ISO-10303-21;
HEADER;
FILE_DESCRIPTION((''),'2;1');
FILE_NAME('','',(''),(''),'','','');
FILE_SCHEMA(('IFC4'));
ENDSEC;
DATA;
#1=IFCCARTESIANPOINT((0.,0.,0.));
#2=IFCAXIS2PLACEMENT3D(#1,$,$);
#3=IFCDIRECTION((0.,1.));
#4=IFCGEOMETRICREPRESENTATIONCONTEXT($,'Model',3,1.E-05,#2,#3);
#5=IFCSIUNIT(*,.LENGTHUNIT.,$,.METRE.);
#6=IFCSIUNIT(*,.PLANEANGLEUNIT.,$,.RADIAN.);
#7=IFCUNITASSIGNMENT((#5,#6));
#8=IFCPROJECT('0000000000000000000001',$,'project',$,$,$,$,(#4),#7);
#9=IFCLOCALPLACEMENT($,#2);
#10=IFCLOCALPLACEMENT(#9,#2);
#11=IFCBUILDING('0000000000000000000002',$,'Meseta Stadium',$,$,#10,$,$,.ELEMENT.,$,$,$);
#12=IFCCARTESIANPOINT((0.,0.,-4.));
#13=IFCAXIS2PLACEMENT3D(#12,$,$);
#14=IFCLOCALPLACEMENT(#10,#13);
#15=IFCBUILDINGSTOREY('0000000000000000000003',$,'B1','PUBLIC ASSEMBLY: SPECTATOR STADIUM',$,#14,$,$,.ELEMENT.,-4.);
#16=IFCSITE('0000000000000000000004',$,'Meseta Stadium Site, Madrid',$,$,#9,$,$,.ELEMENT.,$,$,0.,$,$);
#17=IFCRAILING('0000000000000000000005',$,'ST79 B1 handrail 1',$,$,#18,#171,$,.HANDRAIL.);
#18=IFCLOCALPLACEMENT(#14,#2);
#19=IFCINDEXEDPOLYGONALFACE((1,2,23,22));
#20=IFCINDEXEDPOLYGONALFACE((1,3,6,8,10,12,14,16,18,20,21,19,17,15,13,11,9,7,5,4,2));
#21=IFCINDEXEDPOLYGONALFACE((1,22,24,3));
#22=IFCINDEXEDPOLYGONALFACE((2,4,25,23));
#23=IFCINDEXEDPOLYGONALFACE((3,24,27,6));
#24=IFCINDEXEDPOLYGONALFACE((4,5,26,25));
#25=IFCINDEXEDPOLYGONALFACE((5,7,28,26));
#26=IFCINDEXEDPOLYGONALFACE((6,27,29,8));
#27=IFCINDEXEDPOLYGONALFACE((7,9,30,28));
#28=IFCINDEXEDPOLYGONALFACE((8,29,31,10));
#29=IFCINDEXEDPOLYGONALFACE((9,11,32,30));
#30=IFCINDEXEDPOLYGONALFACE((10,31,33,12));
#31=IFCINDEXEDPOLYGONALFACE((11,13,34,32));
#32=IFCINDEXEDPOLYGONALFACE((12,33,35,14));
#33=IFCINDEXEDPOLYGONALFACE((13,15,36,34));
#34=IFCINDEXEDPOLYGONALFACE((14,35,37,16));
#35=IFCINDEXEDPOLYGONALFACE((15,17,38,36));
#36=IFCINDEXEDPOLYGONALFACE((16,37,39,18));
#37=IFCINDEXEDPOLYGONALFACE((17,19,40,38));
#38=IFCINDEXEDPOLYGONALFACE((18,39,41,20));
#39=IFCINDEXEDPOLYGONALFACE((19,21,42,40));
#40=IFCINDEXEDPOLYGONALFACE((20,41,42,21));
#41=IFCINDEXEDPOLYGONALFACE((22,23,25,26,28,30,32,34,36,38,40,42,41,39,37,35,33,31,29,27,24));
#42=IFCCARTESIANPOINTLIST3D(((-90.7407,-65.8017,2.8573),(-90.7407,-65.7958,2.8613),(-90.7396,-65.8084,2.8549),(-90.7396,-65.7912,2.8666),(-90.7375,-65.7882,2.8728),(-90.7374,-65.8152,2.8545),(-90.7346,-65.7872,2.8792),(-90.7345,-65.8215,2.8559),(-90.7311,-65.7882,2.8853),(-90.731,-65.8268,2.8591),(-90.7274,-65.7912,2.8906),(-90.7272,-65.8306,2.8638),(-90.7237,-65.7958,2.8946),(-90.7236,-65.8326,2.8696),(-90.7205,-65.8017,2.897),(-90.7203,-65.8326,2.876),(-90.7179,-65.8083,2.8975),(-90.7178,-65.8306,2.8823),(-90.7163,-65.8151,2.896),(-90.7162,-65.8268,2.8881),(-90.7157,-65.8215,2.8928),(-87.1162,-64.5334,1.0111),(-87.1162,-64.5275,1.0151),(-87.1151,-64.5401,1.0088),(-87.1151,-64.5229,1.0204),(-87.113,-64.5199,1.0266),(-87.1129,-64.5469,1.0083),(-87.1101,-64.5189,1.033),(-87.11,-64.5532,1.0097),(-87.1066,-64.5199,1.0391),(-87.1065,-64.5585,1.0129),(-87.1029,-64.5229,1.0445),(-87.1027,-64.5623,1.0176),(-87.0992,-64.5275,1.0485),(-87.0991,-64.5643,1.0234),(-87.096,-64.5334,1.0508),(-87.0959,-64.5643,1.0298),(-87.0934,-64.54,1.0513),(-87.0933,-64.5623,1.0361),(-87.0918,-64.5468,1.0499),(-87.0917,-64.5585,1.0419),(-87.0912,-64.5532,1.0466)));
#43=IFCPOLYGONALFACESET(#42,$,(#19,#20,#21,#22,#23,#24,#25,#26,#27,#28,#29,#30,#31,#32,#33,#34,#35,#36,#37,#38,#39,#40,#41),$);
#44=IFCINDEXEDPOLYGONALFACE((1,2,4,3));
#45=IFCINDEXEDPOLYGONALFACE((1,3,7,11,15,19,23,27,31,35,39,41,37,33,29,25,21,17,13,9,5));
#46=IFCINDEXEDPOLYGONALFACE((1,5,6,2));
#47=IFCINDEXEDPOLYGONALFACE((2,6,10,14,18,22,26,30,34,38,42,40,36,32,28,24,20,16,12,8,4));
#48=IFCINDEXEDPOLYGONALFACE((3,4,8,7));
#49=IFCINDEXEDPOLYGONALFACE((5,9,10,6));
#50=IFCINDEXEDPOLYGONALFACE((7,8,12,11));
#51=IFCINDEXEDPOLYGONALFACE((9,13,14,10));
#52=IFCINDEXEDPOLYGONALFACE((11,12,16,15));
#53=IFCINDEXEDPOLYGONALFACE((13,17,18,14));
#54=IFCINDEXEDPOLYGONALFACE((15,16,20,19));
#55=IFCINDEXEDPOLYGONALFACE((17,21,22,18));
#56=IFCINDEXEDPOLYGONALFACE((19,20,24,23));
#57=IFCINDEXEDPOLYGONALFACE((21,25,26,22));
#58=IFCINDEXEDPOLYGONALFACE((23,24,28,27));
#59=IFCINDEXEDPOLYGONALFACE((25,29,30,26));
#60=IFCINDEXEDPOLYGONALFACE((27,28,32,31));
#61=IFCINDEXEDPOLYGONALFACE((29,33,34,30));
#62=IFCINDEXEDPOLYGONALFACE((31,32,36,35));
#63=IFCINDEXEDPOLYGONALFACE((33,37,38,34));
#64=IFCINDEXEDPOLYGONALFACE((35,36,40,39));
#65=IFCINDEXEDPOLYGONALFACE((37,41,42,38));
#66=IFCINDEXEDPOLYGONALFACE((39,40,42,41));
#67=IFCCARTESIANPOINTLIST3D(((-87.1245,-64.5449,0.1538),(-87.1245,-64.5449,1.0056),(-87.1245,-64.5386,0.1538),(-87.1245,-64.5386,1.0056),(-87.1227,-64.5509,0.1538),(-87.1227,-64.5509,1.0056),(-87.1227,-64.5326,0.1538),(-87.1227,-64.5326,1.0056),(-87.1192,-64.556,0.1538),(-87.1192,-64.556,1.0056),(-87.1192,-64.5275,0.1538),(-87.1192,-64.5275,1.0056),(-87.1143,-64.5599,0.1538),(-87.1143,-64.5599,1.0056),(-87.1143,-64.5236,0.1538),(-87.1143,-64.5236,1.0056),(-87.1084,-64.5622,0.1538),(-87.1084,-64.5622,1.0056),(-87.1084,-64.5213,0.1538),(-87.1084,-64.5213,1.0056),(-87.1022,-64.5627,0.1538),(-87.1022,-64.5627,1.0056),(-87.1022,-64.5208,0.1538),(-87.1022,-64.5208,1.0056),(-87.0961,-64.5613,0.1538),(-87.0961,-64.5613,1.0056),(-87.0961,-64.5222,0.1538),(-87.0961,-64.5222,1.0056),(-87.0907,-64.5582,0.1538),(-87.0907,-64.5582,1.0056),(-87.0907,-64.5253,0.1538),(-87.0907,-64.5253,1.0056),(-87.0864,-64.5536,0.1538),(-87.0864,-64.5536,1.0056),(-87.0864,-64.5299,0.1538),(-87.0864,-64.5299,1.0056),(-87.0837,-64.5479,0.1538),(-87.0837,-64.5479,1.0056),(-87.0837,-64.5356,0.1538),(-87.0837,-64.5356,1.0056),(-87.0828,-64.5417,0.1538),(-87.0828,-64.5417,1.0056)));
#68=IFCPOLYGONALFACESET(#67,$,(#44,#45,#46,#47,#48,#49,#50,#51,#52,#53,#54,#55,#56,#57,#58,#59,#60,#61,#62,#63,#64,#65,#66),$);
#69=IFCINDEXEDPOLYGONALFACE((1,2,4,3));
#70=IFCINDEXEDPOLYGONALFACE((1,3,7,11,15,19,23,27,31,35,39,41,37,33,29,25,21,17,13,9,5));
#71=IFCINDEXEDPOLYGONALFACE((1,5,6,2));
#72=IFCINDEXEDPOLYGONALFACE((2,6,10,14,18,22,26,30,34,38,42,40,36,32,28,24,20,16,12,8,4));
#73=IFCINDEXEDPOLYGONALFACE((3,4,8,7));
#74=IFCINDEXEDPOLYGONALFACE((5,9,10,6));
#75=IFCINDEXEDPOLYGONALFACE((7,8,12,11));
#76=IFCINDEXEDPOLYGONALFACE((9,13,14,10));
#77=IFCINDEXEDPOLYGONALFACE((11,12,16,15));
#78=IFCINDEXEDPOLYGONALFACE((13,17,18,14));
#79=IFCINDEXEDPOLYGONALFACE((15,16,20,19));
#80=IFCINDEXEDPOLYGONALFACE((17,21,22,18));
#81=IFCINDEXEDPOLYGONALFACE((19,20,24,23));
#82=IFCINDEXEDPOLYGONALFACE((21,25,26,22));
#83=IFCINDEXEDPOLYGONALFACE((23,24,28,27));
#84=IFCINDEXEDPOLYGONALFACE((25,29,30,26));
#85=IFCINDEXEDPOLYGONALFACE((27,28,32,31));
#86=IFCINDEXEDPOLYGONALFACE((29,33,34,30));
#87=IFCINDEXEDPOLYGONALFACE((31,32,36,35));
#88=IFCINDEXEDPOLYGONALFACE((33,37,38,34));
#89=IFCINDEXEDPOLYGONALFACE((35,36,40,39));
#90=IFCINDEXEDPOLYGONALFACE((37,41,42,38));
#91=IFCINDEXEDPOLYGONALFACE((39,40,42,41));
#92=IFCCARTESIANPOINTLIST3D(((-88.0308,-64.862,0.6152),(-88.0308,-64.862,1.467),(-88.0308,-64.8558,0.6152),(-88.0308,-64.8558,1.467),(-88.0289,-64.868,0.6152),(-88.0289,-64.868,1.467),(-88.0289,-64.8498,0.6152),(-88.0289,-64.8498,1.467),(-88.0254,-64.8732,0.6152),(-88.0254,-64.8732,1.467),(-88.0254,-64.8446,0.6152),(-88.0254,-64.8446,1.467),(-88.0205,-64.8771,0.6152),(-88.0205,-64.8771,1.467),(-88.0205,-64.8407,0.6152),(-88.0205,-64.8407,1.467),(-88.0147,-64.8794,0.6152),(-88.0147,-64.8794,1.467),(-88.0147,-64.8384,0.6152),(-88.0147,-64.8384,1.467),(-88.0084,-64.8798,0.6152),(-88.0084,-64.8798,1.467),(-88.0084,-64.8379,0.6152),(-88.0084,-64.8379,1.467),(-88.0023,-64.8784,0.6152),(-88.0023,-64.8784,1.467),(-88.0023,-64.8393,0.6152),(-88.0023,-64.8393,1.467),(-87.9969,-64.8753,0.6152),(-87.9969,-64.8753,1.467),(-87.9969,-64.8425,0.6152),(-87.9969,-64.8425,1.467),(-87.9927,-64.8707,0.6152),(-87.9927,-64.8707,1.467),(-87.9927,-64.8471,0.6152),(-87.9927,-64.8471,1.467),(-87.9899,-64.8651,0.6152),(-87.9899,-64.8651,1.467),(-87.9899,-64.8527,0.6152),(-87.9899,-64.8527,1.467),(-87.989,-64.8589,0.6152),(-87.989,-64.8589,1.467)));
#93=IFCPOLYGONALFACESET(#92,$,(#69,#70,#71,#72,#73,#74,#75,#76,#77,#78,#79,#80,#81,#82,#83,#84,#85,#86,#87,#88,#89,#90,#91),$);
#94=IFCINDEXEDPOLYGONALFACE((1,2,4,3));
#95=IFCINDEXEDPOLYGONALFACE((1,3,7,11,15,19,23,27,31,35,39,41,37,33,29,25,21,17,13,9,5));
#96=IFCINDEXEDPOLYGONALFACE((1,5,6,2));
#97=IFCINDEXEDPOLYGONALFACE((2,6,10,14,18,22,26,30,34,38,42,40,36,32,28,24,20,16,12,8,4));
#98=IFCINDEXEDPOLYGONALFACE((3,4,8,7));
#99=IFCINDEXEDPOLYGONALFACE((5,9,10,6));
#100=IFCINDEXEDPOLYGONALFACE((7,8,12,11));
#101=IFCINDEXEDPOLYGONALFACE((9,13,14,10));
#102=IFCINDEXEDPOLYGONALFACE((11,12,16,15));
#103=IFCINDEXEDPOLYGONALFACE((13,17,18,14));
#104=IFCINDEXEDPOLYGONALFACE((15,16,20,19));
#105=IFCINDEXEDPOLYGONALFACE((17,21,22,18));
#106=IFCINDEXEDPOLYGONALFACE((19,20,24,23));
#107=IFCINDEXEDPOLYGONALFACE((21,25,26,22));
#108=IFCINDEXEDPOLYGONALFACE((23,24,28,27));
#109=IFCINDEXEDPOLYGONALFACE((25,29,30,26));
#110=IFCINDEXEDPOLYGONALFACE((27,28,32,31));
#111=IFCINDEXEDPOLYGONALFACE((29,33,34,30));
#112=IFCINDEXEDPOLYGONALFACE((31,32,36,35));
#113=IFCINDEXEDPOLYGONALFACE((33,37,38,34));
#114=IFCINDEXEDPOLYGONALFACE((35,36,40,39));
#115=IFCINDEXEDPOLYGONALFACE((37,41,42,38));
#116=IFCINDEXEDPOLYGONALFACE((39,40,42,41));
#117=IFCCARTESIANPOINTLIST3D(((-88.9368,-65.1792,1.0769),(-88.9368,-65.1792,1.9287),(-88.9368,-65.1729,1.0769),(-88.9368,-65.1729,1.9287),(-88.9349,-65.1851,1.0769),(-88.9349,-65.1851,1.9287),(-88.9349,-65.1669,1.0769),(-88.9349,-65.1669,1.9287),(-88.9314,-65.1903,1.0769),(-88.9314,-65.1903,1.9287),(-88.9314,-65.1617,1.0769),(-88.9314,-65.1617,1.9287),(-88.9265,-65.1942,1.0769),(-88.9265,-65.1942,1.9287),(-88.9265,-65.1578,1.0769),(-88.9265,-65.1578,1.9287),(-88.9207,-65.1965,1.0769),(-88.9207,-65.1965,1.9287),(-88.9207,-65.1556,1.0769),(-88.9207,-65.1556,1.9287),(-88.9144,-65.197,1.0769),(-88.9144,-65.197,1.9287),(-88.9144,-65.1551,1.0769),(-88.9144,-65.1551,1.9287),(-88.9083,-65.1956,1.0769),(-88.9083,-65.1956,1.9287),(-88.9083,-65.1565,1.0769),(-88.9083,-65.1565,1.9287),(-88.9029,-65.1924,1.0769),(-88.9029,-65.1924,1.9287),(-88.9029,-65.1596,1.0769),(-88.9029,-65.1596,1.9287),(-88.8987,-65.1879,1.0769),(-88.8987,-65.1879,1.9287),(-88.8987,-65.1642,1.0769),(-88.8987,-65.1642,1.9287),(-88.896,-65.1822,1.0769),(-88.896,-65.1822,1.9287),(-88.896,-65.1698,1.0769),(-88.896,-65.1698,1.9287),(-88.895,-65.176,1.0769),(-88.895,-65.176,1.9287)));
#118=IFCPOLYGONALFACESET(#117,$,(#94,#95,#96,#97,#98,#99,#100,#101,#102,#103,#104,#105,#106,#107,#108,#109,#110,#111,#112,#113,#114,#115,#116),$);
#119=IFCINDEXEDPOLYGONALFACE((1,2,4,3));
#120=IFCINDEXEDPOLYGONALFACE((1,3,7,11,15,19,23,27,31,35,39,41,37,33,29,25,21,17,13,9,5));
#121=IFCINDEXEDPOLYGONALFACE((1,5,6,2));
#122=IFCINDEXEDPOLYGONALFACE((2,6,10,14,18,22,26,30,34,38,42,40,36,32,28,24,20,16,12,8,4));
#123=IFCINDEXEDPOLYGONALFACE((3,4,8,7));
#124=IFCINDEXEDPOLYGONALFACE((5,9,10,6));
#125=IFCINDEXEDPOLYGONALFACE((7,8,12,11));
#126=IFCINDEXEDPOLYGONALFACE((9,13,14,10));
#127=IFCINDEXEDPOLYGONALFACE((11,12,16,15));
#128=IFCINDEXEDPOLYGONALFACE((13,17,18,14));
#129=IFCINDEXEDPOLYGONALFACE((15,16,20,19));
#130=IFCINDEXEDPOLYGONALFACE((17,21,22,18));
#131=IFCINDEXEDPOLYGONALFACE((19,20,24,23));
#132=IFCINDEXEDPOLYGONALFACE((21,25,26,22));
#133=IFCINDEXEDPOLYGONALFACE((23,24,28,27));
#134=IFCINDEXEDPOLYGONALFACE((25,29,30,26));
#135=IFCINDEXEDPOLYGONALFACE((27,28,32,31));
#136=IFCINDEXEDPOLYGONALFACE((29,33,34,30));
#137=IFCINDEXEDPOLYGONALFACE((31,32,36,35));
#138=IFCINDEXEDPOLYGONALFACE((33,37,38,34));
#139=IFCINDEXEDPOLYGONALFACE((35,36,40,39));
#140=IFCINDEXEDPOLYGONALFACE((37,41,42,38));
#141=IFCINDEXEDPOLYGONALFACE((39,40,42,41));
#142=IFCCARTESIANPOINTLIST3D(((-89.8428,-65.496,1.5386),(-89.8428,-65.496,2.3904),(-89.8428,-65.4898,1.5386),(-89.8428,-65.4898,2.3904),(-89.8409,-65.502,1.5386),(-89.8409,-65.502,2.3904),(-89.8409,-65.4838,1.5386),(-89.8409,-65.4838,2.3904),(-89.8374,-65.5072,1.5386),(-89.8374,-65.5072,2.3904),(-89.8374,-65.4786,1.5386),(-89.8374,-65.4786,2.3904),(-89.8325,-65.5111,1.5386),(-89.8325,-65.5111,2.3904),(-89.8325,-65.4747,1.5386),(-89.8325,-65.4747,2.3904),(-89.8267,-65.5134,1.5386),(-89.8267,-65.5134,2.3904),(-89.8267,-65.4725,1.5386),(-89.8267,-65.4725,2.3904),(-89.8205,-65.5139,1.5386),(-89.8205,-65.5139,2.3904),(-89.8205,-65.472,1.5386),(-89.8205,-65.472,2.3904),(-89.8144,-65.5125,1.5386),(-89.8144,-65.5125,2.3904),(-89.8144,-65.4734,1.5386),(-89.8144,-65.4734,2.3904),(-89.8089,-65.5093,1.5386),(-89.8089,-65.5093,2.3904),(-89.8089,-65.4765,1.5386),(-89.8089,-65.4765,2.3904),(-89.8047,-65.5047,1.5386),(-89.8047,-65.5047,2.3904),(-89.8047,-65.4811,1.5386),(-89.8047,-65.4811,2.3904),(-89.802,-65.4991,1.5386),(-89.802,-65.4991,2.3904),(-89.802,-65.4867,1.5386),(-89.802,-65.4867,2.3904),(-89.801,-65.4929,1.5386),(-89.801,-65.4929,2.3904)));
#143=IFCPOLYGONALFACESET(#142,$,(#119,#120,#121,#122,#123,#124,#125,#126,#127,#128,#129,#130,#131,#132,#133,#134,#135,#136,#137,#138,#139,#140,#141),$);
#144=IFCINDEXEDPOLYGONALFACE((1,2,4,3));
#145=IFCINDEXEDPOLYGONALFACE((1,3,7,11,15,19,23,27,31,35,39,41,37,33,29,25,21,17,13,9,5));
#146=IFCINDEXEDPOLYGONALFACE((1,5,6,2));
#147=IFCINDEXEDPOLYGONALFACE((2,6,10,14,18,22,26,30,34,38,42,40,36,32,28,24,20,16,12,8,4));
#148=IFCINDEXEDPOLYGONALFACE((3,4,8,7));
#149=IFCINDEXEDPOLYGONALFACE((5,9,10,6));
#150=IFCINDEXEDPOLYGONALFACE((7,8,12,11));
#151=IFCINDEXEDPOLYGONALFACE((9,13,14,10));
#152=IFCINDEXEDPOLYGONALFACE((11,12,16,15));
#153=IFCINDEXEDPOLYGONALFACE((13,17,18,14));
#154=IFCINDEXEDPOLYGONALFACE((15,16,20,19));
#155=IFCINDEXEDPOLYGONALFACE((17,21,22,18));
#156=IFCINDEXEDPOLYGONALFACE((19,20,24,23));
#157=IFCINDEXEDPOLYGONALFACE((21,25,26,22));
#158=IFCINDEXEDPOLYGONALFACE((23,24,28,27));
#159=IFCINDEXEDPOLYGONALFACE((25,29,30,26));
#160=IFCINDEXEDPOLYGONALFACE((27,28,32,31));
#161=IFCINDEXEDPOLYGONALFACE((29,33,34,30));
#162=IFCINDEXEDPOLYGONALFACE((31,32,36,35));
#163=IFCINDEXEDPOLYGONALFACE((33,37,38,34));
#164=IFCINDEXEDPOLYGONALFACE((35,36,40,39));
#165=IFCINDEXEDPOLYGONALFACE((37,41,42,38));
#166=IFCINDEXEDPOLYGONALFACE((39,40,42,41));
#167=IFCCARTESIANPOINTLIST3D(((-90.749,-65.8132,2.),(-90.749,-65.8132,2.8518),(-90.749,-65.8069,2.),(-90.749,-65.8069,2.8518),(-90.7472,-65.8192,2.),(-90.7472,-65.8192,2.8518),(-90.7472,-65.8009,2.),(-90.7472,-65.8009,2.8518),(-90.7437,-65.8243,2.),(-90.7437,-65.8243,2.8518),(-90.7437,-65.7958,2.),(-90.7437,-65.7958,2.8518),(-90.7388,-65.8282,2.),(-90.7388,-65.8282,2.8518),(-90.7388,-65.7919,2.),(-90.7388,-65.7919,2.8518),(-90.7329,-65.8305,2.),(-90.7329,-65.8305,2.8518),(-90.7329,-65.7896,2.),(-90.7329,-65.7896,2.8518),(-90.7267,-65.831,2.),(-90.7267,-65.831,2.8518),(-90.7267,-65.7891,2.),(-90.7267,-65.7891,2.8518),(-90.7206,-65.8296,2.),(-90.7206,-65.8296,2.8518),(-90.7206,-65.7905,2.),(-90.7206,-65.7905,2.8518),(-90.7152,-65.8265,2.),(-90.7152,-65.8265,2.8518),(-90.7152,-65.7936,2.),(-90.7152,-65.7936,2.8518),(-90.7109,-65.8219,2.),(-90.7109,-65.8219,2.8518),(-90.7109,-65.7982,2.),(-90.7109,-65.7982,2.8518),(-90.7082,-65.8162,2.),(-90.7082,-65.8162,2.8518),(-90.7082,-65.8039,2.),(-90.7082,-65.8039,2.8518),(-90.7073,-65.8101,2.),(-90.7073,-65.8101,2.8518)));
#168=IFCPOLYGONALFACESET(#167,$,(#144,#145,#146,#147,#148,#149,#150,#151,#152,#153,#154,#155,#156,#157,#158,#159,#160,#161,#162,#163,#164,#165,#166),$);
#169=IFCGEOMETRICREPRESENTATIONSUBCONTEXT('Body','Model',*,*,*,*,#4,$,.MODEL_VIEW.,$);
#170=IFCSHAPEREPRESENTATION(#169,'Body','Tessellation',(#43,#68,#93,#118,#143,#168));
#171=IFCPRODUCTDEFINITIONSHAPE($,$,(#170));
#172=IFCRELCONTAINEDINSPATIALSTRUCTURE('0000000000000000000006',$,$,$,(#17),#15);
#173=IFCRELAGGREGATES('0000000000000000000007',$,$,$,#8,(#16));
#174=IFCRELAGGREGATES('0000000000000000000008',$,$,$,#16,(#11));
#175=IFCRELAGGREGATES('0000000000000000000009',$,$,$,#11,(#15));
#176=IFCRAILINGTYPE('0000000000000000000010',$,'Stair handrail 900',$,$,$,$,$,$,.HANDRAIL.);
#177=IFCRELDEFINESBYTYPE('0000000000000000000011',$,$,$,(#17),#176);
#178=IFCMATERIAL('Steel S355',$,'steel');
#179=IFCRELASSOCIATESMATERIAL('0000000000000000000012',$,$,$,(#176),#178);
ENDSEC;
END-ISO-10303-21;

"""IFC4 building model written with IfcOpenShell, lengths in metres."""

from ifc_helpers import new_model, si_unit, direction, frame, origin, origin_2d, place, context, subcontext, project, spatial, circle, extrude, material, type_object, element, save


model = new_model("IFC4")

# Units and contexts
model_context = context("Model", 3, precision=1e-05, world=origin(), true_north=direction((0.0, 1.0)))
body_context = subcontext(model_context, "Body", "Model", "MODEL_VIEW")
ifc_project = project(units=[si_unit("LENGTHUNIT", "METRE"), si_unit("PLANEANGLEUNIT", "RADIAN")], contexts=[model_context])

# Site, building, storey
site_placement = place(None, origin())
site = spatial("IfcSite", under=ifc_project, at=site_placement, Name="Meseta Stadium Site, Madrid", CompositionType="ELEMENT", RefElevation=0.0)
building_placement = place(site_placement, origin())
building = spatial("IfcBuilding", under=site, at=building_placement, Name="Meseta Stadium", CompositionType="ELEMENT")
storey_placement = place(building_placement, frame((0.0, 0.0, -4.0)))
storey = spatial("IfcBuildingStorey", under=building, at=storey_placement, Name="B1", Description="PUBLIC ASSEMBLY: SPECTATOR STADIUM", CompositionType="ELEMENT", Elevation=-4.0)

# Railing
ifc_material_1 = material(Name="Steel S355", Category="steel")
railing_type_1 = type_object("IfcRailingType", Name="Stair handrail 900", PredefinedType="HANDRAIL", material=ifc_material_1)
railing_1_placement = place(storey_placement, frame((-87.1038, -64.5417, 0.1538)))
element("IfcRailing", 1, at=railing_1_placement, inside=storey, type_object=railing_type_1, Name="ST79 B1 handrail 1", PredefinedType="HANDRAIL", context=body_context, shape_type="SweptSolid", body=[
    extrude(circle(Radius=0.0239, at=origin_2d()), frame((0.0, 0.0, 0.876), z_axis=(-0.850672, -0.297672, 0.4333), x_axis=(0.330288, -0.94388, 0.0)), (0.0, 0.0, 1.0), 4.2607),
    extrude(circle(Radius=0.021, at=origin_2d()), origin(), (0.0, 0.0, 1.0), 0.8518),
    extrude(circle(Radius=0.021, at=origin_2d()), frame((-0.9062, -0.3171, 0.4614)), (0.0, 0.0, 1.0), 0.8518),
    extrude(circle(Radius=0.021, at=origin_2d()), frame((-1.8123, -0.6343, 0.9231)), (0.0, 0.0, 1.0), 0.8518),
    extrude(circle(Radius=0.021, at=origin_2d()), frame((-2.7183, -0.9512, 1.3848)), (0.0, 0.0, 1.0), 0.8518),
    extrude(circle(Radius=0.021, at=origin_2d()), frame((-3.6245, -1.2683, 1.8462)), (0.0, 0.0, 1.0), 0.8518),
])

save(model, "model.ifc")
